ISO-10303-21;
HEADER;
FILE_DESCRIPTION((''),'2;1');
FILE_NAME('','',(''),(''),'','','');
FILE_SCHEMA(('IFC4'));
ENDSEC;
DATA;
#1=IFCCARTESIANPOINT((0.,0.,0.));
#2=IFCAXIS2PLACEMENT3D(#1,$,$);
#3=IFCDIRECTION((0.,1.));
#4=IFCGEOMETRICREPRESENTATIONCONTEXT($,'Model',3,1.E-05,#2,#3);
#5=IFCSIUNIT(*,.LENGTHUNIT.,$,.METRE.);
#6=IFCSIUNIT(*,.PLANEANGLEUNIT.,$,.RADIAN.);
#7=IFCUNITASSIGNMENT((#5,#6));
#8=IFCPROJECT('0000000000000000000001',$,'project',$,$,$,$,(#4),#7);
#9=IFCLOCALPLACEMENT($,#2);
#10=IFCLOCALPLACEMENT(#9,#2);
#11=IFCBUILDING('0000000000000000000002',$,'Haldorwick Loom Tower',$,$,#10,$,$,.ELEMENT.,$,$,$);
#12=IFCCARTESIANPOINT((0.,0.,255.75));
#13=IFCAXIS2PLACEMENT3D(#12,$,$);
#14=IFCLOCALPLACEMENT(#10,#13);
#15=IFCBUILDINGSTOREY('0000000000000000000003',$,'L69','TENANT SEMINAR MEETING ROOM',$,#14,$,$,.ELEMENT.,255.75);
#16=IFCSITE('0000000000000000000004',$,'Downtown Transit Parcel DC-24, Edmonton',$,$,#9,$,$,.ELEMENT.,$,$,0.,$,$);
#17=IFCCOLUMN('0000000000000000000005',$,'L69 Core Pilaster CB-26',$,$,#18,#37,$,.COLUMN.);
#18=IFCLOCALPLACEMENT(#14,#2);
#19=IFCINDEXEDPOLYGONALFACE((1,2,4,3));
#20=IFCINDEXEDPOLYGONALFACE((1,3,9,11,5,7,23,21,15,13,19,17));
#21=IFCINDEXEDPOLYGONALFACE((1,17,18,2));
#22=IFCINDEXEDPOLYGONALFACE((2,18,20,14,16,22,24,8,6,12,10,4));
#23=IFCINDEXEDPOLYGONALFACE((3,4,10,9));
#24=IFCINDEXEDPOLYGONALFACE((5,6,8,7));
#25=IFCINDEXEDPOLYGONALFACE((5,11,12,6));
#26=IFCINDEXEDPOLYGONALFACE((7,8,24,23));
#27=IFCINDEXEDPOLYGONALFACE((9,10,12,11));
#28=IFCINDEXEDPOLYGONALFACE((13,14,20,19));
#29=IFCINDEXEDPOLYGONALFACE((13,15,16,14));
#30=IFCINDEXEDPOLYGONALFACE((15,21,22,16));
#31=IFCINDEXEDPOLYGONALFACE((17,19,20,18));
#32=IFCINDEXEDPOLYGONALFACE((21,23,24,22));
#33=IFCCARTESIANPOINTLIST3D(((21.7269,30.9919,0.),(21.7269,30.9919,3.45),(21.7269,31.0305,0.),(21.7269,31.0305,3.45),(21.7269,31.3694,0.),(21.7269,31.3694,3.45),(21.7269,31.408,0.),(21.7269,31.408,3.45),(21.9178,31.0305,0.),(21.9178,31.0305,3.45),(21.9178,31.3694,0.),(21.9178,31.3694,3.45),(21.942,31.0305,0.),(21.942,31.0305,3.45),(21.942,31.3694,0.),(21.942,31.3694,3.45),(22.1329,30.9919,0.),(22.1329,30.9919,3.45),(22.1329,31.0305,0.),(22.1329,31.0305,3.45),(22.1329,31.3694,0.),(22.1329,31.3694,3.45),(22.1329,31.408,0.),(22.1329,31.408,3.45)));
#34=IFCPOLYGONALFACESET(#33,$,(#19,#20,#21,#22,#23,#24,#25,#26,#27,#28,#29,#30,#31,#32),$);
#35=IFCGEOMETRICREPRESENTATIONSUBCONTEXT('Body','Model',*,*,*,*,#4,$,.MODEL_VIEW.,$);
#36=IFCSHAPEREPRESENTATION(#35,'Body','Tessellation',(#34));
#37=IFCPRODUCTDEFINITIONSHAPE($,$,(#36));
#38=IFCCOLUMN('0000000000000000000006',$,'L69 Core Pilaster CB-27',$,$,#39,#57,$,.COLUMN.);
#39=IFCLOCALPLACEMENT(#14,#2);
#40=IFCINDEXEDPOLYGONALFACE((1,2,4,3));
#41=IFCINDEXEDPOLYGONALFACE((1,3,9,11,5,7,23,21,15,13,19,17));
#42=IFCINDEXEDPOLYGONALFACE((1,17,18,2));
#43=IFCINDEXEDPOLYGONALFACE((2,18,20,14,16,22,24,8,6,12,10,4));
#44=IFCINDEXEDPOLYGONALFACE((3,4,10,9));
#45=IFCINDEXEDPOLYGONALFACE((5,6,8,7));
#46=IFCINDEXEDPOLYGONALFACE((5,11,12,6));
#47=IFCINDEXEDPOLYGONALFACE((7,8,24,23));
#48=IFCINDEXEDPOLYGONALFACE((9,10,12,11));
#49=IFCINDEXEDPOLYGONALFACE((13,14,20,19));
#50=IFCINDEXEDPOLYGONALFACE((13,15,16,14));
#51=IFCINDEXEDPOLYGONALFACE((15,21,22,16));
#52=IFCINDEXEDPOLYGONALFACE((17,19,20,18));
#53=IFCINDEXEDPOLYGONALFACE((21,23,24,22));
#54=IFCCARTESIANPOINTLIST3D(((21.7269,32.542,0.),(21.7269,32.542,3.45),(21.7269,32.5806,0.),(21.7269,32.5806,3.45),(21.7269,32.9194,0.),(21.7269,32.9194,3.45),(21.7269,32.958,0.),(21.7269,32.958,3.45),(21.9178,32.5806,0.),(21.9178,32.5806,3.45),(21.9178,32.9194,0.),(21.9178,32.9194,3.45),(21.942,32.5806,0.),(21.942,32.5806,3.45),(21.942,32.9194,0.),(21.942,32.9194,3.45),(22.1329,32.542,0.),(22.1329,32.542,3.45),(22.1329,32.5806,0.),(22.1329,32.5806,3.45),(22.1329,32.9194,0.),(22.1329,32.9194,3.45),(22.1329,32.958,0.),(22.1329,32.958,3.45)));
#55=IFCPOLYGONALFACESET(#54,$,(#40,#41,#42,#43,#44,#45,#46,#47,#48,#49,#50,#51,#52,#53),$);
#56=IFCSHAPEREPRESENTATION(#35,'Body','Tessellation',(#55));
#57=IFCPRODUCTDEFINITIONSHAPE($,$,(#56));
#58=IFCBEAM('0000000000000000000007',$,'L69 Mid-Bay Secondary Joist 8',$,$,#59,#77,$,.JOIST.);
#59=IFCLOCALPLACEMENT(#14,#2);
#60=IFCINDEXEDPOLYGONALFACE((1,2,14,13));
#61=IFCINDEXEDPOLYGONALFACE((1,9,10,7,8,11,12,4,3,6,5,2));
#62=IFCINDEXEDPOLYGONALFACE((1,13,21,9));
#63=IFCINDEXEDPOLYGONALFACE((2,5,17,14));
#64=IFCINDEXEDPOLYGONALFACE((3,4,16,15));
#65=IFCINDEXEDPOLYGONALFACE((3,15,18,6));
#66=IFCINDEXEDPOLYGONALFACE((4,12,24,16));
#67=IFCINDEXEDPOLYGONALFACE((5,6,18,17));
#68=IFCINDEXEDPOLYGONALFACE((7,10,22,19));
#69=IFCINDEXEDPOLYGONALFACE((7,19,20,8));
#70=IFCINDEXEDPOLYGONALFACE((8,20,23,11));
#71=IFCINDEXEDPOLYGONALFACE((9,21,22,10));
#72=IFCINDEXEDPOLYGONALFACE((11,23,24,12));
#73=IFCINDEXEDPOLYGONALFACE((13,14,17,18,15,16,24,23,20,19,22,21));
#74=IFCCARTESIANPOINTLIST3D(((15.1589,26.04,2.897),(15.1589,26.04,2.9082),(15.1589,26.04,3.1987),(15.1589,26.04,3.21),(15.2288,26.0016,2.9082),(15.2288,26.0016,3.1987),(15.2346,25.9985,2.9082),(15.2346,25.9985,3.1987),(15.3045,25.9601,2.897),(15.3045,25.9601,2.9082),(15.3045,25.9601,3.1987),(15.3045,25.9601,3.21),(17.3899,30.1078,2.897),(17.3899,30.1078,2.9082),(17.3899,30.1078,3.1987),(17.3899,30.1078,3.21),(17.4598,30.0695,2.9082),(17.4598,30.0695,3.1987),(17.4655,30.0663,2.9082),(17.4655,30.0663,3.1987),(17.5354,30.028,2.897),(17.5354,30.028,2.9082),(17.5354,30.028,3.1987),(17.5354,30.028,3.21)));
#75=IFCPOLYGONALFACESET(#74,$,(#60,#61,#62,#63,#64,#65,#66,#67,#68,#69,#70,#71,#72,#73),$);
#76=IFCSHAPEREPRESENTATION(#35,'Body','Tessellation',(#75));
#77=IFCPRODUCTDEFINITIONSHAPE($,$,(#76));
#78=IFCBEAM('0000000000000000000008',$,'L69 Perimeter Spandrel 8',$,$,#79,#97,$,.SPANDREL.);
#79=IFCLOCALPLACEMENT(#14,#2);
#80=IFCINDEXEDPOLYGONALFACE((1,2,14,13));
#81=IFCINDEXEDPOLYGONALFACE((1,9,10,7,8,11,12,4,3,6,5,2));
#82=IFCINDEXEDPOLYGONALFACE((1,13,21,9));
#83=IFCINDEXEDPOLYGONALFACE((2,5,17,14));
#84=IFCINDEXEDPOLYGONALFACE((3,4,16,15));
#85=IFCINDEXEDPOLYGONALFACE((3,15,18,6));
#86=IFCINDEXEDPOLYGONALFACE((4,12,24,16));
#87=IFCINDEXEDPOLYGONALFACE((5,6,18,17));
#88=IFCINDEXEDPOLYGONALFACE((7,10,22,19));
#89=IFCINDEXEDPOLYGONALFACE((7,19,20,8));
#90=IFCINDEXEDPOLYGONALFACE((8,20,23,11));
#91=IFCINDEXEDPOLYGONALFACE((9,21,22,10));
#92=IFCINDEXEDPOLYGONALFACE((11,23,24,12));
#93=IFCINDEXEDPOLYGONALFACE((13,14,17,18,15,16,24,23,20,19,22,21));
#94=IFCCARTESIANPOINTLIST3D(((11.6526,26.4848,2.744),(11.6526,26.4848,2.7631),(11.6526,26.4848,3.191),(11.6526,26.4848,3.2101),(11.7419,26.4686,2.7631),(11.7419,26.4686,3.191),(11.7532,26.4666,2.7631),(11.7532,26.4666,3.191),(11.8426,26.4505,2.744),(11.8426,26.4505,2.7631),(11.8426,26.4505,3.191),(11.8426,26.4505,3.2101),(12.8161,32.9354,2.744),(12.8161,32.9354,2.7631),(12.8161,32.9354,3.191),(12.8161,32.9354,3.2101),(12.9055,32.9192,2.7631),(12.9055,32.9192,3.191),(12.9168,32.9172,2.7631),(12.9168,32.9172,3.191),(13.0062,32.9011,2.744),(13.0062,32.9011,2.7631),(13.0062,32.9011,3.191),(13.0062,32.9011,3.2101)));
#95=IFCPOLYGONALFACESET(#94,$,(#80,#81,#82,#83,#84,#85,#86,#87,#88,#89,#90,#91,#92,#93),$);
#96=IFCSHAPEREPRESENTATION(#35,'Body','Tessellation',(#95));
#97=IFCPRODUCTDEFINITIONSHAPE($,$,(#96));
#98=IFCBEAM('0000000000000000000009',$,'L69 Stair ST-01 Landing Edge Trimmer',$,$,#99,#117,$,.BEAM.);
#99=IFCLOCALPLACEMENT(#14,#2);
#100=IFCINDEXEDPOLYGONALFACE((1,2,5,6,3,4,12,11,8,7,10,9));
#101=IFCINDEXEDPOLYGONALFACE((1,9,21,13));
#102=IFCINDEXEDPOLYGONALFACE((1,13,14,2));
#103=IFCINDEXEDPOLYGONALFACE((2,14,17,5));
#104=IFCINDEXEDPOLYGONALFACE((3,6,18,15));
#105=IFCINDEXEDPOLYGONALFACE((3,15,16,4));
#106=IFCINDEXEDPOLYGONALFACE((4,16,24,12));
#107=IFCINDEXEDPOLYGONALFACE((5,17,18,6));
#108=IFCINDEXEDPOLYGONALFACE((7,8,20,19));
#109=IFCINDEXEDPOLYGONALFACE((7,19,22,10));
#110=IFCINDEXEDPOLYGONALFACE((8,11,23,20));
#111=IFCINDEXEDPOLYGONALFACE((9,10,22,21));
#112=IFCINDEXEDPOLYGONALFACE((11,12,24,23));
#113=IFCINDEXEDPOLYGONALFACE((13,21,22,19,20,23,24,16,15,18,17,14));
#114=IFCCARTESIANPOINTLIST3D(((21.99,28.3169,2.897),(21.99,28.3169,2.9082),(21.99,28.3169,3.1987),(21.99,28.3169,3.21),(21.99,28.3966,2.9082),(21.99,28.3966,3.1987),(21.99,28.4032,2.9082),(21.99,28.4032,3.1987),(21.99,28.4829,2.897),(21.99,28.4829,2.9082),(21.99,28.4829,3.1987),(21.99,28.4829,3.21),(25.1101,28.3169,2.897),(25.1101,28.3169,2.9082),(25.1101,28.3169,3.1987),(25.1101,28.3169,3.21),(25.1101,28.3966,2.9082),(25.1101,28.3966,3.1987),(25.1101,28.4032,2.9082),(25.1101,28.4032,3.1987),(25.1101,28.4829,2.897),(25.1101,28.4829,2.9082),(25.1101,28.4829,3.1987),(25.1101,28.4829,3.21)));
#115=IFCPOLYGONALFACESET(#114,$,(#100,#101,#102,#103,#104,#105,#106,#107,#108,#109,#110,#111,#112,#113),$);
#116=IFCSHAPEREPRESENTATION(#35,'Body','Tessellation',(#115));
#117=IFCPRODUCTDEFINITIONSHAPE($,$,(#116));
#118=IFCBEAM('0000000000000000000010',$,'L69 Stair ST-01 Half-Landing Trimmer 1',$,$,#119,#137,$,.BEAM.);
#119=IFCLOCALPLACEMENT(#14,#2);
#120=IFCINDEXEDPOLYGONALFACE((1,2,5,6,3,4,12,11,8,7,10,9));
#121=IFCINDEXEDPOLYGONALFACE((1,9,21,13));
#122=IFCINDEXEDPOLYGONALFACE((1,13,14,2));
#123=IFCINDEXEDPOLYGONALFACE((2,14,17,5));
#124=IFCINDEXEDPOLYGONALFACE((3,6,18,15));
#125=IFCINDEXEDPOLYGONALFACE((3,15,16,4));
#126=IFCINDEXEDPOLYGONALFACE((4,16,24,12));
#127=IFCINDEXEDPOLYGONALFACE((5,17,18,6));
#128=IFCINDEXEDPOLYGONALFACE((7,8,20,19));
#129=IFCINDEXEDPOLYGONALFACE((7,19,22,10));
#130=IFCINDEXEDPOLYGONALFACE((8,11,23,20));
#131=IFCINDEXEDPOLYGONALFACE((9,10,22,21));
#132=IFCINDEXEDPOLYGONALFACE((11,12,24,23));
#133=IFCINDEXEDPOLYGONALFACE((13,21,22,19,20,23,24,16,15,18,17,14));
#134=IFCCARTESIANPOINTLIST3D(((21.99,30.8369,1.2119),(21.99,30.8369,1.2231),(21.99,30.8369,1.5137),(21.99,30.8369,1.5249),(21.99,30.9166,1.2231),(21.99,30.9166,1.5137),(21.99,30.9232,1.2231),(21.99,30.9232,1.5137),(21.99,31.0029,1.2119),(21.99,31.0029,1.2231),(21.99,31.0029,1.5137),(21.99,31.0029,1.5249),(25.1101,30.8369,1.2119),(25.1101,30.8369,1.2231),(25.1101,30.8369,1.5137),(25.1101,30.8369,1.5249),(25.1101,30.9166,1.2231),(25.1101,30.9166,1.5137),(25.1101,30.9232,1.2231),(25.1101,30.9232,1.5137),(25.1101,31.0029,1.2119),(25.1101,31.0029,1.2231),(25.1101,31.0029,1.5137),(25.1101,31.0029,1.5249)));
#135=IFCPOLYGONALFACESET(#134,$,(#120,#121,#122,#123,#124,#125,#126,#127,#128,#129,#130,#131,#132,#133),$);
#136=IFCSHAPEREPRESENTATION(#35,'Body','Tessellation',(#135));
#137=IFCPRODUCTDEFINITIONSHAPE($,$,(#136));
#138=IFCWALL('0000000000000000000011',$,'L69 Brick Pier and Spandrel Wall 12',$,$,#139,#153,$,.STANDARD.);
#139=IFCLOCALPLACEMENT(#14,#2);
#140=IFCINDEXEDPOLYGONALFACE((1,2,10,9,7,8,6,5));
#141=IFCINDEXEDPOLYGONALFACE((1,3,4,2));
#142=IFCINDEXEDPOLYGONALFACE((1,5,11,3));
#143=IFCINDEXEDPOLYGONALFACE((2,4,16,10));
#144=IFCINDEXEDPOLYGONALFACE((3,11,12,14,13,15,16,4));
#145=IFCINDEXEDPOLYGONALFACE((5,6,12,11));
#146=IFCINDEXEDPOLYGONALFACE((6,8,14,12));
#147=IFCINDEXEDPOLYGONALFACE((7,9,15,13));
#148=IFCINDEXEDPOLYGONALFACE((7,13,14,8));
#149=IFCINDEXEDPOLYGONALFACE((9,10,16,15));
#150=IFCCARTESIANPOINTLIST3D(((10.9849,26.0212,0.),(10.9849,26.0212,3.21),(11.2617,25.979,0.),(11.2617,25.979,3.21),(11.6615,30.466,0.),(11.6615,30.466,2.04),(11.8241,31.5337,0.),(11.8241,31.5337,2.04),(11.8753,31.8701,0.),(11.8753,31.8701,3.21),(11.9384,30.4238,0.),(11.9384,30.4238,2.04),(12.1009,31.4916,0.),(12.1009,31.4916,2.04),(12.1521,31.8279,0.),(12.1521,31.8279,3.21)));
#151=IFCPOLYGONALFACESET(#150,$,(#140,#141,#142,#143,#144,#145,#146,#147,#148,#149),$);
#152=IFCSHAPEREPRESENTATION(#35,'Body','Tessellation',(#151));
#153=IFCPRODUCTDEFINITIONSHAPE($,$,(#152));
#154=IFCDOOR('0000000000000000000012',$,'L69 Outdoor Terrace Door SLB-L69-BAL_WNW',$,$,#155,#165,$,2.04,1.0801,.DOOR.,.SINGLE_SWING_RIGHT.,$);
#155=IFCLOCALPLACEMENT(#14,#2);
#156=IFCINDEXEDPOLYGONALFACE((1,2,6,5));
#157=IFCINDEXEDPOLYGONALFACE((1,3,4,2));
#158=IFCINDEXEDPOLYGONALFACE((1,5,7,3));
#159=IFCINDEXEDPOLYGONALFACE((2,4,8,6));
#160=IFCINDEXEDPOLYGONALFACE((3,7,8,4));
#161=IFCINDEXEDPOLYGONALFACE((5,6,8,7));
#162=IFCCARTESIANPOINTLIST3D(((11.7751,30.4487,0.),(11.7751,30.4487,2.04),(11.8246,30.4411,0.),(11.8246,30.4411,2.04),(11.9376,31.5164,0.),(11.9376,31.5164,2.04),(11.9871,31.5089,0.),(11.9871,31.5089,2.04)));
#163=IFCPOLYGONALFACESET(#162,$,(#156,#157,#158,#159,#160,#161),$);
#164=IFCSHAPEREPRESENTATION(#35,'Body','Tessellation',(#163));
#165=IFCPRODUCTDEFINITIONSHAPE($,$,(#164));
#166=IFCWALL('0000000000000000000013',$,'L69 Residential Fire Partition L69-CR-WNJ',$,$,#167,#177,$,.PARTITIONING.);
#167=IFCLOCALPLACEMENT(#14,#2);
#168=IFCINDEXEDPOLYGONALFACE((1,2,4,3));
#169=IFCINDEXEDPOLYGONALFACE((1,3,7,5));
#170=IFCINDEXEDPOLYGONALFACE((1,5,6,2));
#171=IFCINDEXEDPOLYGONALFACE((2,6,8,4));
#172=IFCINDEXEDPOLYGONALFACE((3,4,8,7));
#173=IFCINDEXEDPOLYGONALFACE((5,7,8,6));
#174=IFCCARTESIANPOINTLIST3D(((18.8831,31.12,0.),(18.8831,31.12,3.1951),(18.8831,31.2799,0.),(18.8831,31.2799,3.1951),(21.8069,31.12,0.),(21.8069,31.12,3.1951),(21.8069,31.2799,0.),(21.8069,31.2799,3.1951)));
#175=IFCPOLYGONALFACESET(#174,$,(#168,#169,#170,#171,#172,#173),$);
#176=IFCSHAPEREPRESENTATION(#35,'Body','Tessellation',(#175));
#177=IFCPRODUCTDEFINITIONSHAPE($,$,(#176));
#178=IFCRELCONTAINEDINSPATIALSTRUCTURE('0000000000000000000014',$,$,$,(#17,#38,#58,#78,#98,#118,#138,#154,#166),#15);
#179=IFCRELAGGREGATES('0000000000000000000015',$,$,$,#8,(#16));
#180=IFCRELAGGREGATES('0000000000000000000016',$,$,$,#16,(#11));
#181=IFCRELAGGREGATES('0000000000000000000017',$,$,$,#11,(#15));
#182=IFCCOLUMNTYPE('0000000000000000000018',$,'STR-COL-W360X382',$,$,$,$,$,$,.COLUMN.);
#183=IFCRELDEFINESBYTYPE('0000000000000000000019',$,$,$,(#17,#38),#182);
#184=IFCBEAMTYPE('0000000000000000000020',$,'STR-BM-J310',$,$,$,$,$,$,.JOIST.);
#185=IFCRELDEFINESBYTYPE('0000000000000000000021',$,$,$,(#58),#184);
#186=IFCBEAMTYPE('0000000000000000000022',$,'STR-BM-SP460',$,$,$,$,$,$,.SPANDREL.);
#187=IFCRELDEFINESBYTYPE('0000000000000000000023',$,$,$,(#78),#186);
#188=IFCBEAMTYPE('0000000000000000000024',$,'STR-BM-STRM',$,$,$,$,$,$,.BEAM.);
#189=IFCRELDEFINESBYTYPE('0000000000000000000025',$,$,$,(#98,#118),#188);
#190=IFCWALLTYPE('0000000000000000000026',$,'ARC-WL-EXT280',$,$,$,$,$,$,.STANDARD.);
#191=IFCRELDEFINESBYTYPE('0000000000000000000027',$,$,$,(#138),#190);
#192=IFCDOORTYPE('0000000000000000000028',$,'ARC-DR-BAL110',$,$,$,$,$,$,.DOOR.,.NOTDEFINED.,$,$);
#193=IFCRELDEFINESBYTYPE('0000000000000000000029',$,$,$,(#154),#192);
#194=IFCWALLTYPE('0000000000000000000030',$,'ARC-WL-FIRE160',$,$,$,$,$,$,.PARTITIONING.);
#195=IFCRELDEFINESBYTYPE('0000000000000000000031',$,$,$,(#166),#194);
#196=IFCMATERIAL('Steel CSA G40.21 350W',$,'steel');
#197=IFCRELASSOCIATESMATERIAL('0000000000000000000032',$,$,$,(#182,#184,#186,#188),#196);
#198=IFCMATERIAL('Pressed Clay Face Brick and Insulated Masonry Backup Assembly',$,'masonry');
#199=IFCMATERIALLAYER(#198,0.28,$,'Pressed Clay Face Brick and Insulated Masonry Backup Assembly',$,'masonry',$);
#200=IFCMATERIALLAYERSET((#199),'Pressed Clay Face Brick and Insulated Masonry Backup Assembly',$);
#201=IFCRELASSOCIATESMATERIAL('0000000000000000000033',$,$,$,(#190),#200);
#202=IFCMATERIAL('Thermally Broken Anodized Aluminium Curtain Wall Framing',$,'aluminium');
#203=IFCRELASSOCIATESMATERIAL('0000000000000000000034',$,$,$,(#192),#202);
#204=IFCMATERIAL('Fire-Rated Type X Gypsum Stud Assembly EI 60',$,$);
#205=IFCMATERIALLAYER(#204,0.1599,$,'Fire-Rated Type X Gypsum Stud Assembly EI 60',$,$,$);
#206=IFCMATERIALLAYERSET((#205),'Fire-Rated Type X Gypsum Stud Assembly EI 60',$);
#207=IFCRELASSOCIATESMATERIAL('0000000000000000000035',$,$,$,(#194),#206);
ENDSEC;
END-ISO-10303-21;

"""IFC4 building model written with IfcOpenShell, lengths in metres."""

from ifc_helpers import new_model, si_unit, direction, frame, frame_2d, origin, origin_2d, place, context, subcontext, project, spatial, rectangle, i_section, extrude, material, layer, layer_set, material_profile, profile_set, type_object, element, fill, save


model = new_model("IFC4")

# Units and contexts
model_context = context("Model", 3, precision=1e-05, world=origin(), true_north=direction((0.0, 1.0)))
body_context = subcontext(model_context, "Body", "Model", "MODEL_VIEW")
ifc_project = project(units=[si_unit("LENGTHUNIT", "METRE"), si_unit("PLANEANGLEUNIT", "RADIAN")], contexts=[model_context])

# Site, building, storey
site_placement = place(None, origin())
site = spatial("IfcSite", under=ifc_project, at=site_placement, Name="Downtown Transit Parcel DC-24, Edmonton", CompositionType="ELEMENT", RefElevation=0.0)
building_placement = place(site_placement, origin())
building = spatial("IfcBuilding", under=site, at=building_placement, Name="Haldorwick Loom Tower", CompositionType="ELEMENT")
storey_placement = place(building_placement, frame((0.0, 0.0, 255.75)))
storey = spatial("IfcBuildingStorey", under=building, at=storey_placement, Name="L69", Description="TENANT SEMINAR MEETING ROOM", CompositionType="ELEMENT", Elevation=255.75)

# Columns
ifc_material_1 = material(Name="Steel CSA G40.21 350W", Category="steel")
ifc_material_profile_1 = material_profile(ifc_material_1, i_section(OverallWidth=0.406, OverallDepth=0.416, WebThickness=0.0242, FlangeThickness=0.0386, at=origin_2d()), Name="W360X382", Category="steel")
ifc_profile_set_1 = profile_set([ifc_material_profile_1], Name="Steel CSA G40.21 350W")
column_type = type_object("IfcColumnType", Name="STR-COL-W360X382", PredefinedType="COLUMN", material=ifc_profile_set_1)
for number, where, z_axis, x_axis, name in (
    (1, (21.9299, 31.2, 0.0), (0.0, 0.0, 1.0), (1.0, 0.0, 0.0), "L69 Core Pilaster CB-26"),
    (2, (21.9299, 32.75, 0.0), (0.0, 0.0, 1.0), (1.0, 0.0, 0.0), "L69 Core Pilaster CB-27"),
):
    element("IfcColumn", number, at=place(storey_placement, frame(where, z_axis=z_axis, x_axis=x_axis)), inside=storey, type_object=column_type, Name=name, PredefinedType="COLUMN", context=body_context, shape_type="SweptSolid", body=[
        extrude(i_section(OverallWidth=0.406, OverallDepth=0.416, WebThickness=0.0242, FlangeThickness=0.0386, at=origin_2d()), origin(), (0.0, 0.0, 1.0), 3.45),
    ])

# Beams
ifc_material_profile_2 = material_profile(ifc_material_1, i_section(OverallWidth=0.166, OverallDepth=0.313, WebThickness=0.0066, FlangeThickness=0.0112, at=origin_2d()), Name="W310X45", Category="steel")
ifc_profile_set_2 = profile_set([ifc_material_profile_2], Name="Steel CSA G40.21 350W")
beam_type_1 = type_object("IfcBeamType", Name="STR-BM-J310", PredefinedType="JOIST", material=ifc_profile_set_2)
beam_1_placement = place(storey_placement, frame((17.4626, 30.0679, 3.0535), z_axis=(-0.480864, -0.876795, 0.0), x_axis=(0.876795, -0.480864, 0.0)))
element("IfcBeam", 3, at=beam_1_placement, inside=storey, type_object=beam_type_1, Name="L69 Mid-Bay Secondary Joist 8", PredefinedType="JOIST", context=body_context, shape_type="SweptSolid", body=[
    extrude(i_section(OverallWidth=0.166, OverallDepth=0.313, WebThickness=0.0066, FlangeThickness=0.0112, at=origin_2d()), origin(), (0.0, 0.0, 1.0), 4.6394),
])
ifc_material_profile_3 = material_profile(ifc_material_1, i_section(OverallWidth=0.1931, OverallDepth=0.4661, WebThickness=0.0115, FlangeThickness=0.019, at=origin_2d()), Name="W460X97", Category="steel")
ifc_profile_set_3 = profile_set([ifc_material_profile_3], Name="Steel CSA G40.21 350W")
beam_type_2 = type_object("IfcBeamType", Name="STR-BM-SP460", PredefinedType="SPANDREL", material=ifc_profile_set_3)
beam_2_placement = place(storey_placement, frame((12.9111, 32.9182, 2.9771), z_axis=(-0.177515, -0.984118, 0.0), x_axis=(0.984118, -0.177515, 0.0)))
element("IfcBeam", 4, at=beam_2_placement, inside=storey, type_object=beam_type_2, Name="L69 Perimeter Spandrel 8", PredefinedType="SPANDREL", context=body_context, shape_type="SweptSolid", body=[
    extrude(i_section(OverallWidth=0.1931, OverallDepth=0.4661, WebThickness=0.0115, FlangeThickness=0.019, at=origin_2d()), origin(), (0.0, 0.0, 1.0), 6.5547),
])
ifc_material_profile_4 = material_profile(ifc_material_1, i_section(OverallWidth=0.166, OverallDepth=0.313, WebThickness=0.0066, FlangeThickness=0.0112, at=origin_2d()), Name="W310X45", Category="steel")
ifc_profile_set_4 = profile_set([ifc_material_profile_4], Name="Steel CSA G40.21 350W")
beam_type_3 = type_object("IfcBeamType", Name="STR-BM-STRM", PredefinedType="BEAM", material=ifc_profile_set_4)
for number, where, z_axis, x_axis, name in (
    (5, (21.99, 28.3999, 3.0535), (1.0, 0.0, 0.0), (0.0, 1.0, 0.0), "L69 Stair ST-01 Landing Edge Trimmer"),
    (6, (21.99, 30.9199, 1.3684), (1.0, 0.0, 0.0), (0.0, 1.0, 0.0), "L69 Stair ST-01 Half-Landing Trimmer 1"),
):
    element("IfcBeam", number, at=place(storey_placement, frame(where, z_axis=z_axis, x_axis=x_axis)), inside=storey, type_object=beam_type_3, Name=name, PredefinedType="BEAM", context=body_context, shape_type="SweptSolid", body=[
        extrude(i_section(OverallWidth=0.166, OverallDepth=0.313, WebThickness=0.0066, FlangeThickness=0.0112, at=origin_2d()), origin(), (0.0, 0.0, 1.0), 3.1201),
    ])

# Wall, opening, door
ifc_material_2 = material(Name="Pressed Clay Face Brick and Insulated Masonry Backup Assembly", Category="masonry")
ifc_layer_1 = layer(ifc_material_2, 0.28, Name="Pressed Clay Face Brick and Insulated Masonry Backup Assembly", Category="masonry")
ifc_layer_set_1 = layer_set([ifc_layer_1], Name="Pressed Clay Face Brick and Insulated Masonry Backup Assembly")
wall_type_1 = type_object("IfcWallType", Name="ARC-WL-EXT280", PredefinedType="STANDARD", material=ifc_layer_set_1)
wall_1_placement = place(storey_placement, frame((12.0137, 31.8489, 0.0), z_axis=(0.0, 0.0, 1.0), x_axis=(-0.150497, -0.98861, 0.0)))
wall_1 = element("IfcWall", 7, at=wall_1_placement, inside=storey, type_object=wall_type_1, Name="L69 Brick Pier and Spandrel Wall 12", PredefinedType="STANDARD", context=body_context, shape_type="SweptSolid", body=[
    extrude(rectangle(XDim=5.9163, YDim=0.28, at=frame_2d((2.958, 0.0))), origin(), (0.0, 0.0, 1.0), 3.21),
])
opening_1_placement = place(wall_1_placement, frame((0.3401, 0.0, 0.0)))
opening_1 = element("IfcOpeningElement", 8, at=opening_1_placement, cuts=wall_1, PredefinedType="OPENING", context=body_context, shape_type="SweptSolid", body=[
    extrude(rectangle(XDim=1.0801, YDim=2.04, at=frame_2d((0.54, 1.02))), frame((0.0, 0.1499, 0.0), z_axis=(0.0, -1.0, 0.0), x_axis=(1.0, 0.0, 0.0)), (0.0, 0.0, 1.0), 0.3),
])
ifc_material_3 = material(Name="Thermally Broken Anodized Aluminium Curtain Wall Framing", Category="aluminium")
door_type_1 = type_object("IfcDoorType", Name="ARC-DR-BAL110", OperationType="NOTDEFINED", PredefinedType="DOOR", material=ifc_material_3)
door_1_placement = place(opening_1_placement, origin())
door_1 = element("IfcDoor", 9, at=door_1_placement, inside=storey, type_object=door_type_1, Name="L69 Outdoor Terrace Door SLB-L69-BAL_WNW", OperationType="SINGLE_SWING_RIGHT", OverallHeight=2.04, OverallWidth=1.0801, PredefinedType="DOOR", context=body_context, shape_type="SweptSolid", body=[
    extrude(rectangle(XDim=1.0801, YDim=2.04, at=frame_2d((0.54, 1.02))), frame((0.0, 0.0249, 0.0), z_axis=(0.0, -1.0, 0.0), x_axis=(1.0, 0.0, 0.0)), (0.0, 0.0, 1.0), 0.05),
])
fill(opening_1, door_1)

# Wall
ifc_material_4 = material(Name="Fire-Rated Type X Gypsum Stud Assembly EI 60")
ifc_layer_2 = layer(ifc_material_4, 0.1599, Name="Fire-Rated Type X Gypsum Stud Assembly EI 60")
ifc_layer_set_2 = layer_set([ifc_layer_2], Name="Fire-Rated Type X Gypsum Stud Assembly EI 60")
wall_type_2 = type_object("IfcWallType", Name="ARC-WL-FIRE160", PredefinedType="PARTITIONING", material=ifc_layer_set_2)
wall_2_placement = place(storey_placement, frame((18.8831, 31.2, 0.0), z_axis=(0.0, 0.0, 1.0), x_axis=(1.0, 0.0, 0.0)))
element("IfcWall", 10, at=wall_2_placement, inside=storey, type_object=wall_type_2, Name="L69 Residential Fire Partition L69-CR-WNJ", PredefinedType="PARTITIONING", context=body_context, shape_type="SweptSolid", body=[
    extrude(rectangle(XDim=2.9238, YDim=0.1599, at=frame_2d((1.4619, 0.0))), origin(), (0.0, 0.0, 1.0), 3.1951),
])

save(model, "model.ifc")
